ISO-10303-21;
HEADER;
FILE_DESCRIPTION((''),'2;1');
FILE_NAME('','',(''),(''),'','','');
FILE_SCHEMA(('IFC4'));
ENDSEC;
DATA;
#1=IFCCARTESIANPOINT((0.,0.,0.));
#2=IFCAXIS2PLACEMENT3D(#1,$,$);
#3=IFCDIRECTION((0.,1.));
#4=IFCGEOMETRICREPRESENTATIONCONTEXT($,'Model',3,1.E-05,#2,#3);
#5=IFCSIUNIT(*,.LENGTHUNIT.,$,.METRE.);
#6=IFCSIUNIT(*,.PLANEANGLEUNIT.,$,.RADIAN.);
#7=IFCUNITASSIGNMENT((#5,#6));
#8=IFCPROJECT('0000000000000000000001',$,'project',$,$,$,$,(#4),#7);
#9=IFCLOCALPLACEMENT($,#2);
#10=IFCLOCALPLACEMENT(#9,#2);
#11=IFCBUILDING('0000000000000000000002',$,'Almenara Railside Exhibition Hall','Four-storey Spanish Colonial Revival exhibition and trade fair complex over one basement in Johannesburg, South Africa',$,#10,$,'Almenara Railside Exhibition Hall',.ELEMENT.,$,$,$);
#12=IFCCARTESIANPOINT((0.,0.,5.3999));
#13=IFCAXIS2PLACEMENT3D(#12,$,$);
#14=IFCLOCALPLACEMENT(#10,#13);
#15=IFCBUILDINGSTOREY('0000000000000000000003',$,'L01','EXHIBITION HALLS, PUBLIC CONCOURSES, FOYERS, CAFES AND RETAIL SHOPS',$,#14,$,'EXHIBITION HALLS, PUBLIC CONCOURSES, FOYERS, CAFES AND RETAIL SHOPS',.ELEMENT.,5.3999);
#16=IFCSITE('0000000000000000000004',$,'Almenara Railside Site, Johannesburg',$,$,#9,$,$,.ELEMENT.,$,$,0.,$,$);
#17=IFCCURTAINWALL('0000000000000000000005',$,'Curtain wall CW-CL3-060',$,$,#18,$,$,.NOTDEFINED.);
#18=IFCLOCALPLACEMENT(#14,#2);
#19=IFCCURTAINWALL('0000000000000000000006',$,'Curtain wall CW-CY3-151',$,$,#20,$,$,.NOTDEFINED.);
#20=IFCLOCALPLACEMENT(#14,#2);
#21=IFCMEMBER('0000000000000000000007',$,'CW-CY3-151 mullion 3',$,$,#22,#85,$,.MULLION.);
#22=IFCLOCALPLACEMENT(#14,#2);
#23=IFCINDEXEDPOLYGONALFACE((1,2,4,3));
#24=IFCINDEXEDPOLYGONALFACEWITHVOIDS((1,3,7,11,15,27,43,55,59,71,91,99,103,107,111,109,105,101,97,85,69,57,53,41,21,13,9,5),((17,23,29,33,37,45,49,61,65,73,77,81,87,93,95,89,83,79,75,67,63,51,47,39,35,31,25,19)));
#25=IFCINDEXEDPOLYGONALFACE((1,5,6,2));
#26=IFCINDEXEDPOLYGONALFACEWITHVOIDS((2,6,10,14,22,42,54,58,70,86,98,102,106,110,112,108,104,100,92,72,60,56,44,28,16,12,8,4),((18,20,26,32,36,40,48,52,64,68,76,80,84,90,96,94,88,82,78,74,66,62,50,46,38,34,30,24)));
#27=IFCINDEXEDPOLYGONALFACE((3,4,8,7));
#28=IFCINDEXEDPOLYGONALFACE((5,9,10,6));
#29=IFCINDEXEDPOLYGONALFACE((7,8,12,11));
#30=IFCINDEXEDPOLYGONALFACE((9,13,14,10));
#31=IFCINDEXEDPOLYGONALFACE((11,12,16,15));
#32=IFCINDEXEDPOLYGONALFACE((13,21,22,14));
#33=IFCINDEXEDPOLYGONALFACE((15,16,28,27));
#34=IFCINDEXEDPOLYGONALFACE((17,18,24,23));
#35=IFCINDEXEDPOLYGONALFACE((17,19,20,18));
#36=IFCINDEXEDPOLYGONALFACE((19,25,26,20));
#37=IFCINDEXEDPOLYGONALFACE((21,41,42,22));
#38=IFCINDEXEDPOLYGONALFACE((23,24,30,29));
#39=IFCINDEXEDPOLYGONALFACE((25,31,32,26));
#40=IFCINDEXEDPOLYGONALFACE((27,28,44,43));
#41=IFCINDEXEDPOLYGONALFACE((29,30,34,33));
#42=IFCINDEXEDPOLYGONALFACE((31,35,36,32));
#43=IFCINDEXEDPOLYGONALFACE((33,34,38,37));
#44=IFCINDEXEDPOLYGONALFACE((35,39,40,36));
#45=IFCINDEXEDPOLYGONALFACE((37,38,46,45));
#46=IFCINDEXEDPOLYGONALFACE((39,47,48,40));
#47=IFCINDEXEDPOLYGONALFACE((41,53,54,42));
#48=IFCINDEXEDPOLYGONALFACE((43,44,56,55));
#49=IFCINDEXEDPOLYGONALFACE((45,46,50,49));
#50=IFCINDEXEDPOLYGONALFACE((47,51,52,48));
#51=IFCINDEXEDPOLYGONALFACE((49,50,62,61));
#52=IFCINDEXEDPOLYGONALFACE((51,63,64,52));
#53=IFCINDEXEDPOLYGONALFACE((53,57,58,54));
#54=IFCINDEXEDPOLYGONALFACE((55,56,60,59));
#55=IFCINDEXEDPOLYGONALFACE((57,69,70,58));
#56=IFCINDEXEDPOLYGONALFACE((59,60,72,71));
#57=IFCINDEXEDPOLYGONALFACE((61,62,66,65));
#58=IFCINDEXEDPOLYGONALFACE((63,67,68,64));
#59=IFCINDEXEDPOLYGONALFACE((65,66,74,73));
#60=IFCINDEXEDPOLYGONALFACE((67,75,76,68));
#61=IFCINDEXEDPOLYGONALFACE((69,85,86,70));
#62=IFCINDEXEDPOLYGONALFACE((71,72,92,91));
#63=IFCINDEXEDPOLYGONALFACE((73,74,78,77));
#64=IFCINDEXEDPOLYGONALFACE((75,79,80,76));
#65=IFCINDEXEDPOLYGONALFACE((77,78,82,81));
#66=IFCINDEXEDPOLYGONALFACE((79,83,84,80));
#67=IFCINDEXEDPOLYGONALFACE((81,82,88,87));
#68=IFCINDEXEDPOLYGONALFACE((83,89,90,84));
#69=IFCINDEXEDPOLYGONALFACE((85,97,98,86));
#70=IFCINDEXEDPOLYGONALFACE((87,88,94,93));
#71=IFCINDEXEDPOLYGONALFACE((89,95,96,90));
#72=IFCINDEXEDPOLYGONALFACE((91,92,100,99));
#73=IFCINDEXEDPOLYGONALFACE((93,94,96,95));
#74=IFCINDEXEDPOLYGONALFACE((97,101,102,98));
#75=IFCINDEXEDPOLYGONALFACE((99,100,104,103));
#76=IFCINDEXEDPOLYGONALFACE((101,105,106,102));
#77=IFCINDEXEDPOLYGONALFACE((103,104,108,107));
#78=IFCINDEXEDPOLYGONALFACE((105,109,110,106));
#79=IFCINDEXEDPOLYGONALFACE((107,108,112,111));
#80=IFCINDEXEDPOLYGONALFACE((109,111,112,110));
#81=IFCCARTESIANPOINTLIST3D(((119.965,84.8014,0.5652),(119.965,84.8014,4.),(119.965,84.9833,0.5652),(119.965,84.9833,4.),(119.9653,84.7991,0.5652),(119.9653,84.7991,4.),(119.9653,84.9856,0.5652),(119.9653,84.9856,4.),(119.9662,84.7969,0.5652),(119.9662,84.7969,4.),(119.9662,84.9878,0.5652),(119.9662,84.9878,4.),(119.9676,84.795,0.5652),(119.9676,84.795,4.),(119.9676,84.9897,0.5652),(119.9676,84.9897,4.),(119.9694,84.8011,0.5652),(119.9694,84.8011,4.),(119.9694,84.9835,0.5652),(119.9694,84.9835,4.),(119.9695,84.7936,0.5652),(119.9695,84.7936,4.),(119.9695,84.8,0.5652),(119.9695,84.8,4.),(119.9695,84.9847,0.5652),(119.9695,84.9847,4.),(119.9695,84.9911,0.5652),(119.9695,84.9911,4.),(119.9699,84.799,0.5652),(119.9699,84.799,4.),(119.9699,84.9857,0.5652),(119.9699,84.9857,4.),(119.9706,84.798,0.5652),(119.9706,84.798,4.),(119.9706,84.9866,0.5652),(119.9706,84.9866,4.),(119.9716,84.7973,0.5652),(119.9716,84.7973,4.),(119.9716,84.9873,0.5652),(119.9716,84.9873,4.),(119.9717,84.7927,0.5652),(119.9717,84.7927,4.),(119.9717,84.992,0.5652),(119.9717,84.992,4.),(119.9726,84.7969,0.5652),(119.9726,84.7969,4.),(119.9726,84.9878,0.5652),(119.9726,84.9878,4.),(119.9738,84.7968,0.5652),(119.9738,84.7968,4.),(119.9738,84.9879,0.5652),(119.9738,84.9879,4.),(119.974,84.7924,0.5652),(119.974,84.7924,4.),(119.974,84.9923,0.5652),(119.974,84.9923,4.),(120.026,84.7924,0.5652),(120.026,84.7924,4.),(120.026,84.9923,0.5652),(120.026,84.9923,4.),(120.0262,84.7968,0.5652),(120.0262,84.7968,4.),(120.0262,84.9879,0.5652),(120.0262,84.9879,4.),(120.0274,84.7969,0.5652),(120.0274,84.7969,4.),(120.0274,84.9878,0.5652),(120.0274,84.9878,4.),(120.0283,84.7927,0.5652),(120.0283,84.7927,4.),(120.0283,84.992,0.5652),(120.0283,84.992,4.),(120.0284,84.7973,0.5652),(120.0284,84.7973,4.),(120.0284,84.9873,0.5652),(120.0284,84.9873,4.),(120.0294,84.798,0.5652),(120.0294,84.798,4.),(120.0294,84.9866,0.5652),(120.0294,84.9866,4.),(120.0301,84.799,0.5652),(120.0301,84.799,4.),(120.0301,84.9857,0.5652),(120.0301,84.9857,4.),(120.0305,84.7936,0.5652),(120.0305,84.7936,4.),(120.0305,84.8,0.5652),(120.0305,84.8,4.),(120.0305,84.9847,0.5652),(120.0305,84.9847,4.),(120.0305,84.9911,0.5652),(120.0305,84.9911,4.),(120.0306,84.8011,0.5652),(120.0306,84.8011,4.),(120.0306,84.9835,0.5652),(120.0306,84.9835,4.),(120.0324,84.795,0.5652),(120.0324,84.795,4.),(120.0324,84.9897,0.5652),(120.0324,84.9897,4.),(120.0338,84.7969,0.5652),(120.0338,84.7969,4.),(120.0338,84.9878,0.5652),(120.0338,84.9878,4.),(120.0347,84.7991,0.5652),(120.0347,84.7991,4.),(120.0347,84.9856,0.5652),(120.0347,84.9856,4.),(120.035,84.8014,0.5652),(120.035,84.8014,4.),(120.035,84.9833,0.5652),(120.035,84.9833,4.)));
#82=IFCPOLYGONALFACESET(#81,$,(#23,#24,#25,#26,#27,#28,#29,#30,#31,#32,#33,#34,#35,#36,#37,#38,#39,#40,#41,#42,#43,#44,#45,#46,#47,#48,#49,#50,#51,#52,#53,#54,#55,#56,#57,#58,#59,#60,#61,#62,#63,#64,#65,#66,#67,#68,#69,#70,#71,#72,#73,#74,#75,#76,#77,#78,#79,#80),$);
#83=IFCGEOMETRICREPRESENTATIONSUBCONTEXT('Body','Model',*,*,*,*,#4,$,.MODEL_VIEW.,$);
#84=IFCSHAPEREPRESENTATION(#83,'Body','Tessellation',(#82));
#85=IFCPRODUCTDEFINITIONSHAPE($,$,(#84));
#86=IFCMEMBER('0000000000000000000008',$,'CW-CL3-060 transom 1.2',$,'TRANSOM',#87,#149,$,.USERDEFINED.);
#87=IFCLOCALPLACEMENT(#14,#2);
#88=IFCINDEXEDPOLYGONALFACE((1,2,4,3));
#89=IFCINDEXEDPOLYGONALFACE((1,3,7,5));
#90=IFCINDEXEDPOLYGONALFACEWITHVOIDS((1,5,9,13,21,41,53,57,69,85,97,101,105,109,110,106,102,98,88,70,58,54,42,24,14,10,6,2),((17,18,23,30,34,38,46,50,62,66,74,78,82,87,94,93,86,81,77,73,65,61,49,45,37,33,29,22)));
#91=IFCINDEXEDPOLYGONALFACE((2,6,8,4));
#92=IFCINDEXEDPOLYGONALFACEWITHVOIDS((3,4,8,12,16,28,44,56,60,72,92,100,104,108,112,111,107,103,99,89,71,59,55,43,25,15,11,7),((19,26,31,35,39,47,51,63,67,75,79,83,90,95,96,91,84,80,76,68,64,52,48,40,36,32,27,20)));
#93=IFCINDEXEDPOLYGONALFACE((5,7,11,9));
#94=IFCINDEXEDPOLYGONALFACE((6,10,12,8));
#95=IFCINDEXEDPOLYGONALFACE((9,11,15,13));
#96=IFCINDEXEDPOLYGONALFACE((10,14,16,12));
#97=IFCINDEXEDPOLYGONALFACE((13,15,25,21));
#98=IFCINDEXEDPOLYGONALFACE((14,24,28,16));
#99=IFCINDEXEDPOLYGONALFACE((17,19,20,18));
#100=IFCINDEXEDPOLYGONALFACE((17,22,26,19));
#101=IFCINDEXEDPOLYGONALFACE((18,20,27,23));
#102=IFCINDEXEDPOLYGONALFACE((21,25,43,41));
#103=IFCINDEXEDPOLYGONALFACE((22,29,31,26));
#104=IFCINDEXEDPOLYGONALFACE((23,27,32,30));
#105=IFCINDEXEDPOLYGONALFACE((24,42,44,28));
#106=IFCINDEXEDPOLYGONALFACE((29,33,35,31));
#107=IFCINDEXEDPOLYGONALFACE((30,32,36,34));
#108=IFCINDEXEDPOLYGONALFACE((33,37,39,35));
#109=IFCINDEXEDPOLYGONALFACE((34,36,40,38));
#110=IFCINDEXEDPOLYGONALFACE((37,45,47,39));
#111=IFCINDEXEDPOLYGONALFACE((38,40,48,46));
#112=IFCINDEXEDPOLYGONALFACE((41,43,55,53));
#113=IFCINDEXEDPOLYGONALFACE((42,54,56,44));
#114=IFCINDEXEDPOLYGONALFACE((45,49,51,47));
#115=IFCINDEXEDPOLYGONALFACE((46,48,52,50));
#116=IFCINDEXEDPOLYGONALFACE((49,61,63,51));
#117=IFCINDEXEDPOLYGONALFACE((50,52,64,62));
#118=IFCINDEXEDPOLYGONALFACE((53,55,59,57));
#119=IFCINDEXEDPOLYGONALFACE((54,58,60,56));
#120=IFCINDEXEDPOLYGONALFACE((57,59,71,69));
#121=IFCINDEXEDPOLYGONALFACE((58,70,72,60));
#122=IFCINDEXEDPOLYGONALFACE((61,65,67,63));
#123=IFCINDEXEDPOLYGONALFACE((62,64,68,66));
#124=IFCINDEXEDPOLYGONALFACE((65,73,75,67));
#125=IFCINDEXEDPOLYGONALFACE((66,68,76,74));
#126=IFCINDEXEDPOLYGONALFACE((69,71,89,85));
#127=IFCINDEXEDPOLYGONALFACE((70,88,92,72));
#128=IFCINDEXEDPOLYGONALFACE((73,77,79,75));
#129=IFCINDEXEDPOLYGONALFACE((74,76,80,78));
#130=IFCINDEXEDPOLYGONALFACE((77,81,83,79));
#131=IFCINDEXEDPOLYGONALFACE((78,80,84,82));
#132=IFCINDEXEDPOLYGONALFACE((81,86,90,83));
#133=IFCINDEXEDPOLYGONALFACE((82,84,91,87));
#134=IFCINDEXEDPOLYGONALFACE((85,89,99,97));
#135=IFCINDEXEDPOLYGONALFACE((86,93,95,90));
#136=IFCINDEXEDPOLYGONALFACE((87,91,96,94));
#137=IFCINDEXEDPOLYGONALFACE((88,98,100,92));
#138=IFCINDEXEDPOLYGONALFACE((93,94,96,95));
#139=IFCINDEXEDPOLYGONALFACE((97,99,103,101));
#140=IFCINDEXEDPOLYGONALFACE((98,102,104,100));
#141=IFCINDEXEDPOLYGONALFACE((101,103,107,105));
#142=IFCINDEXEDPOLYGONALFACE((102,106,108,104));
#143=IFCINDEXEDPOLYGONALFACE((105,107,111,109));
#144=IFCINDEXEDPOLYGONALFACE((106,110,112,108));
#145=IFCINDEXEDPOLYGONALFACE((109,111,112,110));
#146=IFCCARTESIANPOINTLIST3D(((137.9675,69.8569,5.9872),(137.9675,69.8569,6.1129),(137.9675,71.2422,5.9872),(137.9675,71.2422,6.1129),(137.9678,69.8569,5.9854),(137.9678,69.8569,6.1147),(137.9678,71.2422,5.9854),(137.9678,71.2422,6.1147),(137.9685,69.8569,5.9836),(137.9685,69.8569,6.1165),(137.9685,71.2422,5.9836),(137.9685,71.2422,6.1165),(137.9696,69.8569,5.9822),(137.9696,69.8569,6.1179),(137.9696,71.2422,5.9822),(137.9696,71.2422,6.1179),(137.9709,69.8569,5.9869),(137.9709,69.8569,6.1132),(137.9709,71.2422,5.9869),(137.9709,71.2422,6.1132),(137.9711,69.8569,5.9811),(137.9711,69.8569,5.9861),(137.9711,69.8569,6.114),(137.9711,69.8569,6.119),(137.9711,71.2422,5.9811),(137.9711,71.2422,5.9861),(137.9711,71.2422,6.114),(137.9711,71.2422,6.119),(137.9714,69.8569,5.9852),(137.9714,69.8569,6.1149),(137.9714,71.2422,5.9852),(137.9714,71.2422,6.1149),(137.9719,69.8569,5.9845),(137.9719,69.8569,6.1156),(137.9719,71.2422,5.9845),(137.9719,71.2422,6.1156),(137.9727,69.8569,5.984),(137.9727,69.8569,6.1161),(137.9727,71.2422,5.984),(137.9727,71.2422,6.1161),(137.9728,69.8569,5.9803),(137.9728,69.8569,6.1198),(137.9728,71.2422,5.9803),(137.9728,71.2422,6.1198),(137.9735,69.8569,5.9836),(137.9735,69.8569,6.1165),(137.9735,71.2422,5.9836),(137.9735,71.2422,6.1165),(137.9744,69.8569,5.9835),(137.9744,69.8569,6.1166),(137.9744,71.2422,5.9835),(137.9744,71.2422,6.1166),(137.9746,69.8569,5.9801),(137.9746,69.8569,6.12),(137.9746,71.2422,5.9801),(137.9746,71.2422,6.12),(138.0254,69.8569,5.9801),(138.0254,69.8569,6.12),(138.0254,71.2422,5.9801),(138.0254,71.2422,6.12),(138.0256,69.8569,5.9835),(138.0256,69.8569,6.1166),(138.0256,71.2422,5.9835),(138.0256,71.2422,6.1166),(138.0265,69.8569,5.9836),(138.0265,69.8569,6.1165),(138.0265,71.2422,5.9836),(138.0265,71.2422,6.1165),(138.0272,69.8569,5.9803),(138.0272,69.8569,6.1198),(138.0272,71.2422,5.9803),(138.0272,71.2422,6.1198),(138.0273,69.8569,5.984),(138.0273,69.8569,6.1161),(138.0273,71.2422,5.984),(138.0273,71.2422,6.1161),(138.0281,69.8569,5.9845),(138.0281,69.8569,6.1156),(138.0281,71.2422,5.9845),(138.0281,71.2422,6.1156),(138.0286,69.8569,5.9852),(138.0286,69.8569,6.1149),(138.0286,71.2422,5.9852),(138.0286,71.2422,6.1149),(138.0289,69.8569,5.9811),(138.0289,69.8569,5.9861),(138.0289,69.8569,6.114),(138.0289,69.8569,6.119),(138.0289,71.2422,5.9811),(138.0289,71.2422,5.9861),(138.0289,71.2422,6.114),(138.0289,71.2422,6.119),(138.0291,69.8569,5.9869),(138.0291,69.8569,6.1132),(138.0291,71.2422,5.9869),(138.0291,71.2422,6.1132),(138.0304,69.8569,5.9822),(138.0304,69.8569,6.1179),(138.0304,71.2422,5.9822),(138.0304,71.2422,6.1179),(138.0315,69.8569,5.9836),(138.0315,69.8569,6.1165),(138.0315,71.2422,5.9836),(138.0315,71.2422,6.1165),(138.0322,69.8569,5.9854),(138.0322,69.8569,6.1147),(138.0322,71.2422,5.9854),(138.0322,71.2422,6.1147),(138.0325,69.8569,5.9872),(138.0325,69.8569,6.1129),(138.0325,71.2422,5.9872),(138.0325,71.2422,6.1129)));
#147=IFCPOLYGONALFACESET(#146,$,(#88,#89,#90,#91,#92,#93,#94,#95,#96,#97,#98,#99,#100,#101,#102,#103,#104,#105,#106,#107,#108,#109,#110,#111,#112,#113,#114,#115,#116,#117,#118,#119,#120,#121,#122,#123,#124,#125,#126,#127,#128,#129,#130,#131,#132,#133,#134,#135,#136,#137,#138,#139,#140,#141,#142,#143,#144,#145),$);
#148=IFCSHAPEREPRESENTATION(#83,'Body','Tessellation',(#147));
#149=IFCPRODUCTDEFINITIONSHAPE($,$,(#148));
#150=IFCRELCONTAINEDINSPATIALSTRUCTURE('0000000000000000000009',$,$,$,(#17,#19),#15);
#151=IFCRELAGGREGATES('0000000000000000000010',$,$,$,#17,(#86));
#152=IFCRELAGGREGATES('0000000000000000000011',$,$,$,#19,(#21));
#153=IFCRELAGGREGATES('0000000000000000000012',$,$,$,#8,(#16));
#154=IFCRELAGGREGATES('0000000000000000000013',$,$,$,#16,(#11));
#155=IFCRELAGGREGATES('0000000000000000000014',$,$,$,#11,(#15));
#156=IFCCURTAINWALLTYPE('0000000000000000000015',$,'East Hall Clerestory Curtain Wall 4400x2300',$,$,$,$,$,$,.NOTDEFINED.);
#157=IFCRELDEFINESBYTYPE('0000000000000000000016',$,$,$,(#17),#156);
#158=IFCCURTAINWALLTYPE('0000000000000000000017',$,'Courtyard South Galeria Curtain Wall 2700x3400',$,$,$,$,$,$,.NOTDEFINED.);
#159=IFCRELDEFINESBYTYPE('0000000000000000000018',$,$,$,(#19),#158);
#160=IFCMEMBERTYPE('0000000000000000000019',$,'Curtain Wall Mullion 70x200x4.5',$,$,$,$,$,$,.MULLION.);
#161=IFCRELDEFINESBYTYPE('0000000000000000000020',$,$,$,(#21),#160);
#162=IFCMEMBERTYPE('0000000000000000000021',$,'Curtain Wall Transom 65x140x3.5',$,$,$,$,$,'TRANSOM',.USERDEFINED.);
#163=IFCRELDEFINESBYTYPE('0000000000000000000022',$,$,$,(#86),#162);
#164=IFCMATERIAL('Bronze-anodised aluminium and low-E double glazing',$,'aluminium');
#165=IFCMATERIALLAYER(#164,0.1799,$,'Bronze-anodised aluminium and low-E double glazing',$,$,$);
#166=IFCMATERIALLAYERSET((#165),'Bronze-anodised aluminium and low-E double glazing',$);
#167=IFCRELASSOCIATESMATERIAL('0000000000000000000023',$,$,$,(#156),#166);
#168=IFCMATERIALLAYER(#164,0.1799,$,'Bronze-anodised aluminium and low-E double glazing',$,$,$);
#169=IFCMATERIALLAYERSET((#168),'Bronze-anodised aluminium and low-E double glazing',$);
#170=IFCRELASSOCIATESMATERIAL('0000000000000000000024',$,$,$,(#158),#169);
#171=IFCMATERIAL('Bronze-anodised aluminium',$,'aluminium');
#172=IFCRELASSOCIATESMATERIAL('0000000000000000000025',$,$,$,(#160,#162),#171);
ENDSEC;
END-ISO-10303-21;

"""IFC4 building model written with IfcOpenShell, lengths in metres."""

from ifc_helpers import new_model, si_unit, direction, frame, origin, origin_2d, place, context, subcontext, project, spatial, hollow_rectangle, extrude, material, layer, layer_set, material_profile, profile_set, type_object, element, aggregate, save


model = new_model("IFC4")

# Units and contexts
model_context = context("Model", 3, precision=1e-05, world=origin(), true_north=direction((0.0, 1.0)))
body_context = subcontext(model_context, "Body", "Model", "MODEL_VIEW")
ifc_project = project(units=[si_unit("LENGTHUNIT", "METRE"), si_unit("PLANEANGLEUNIT", "RADIAN")], contexts=[model_context])

# Site, building, storey
site_placement = place(None, origin())
site = spatial("IfcSite", under=ifc_project, at=site_placement, Name="Almenara Railside Site, Johannesburg", CompositionType="ELEMENT", RefElevation=0.0)
building_placement = place(site_placement, origin())
building = spatial("IfcBuilding", under=site, at=building_placement, Name="Almenara Railside Exhibition Hall", Description="Four-storey Spanish Colonial Revival exhibition and trade fair complex over one basement in Johannesburg, South Africa", LongName="Almenara Railside Exhibition Hall", CompositionType="ELEMENT")
storey_placement = place(building_placement, frame((0.0, 0.0, 5.3999)))
storey = spatial("IfcBuildingStorey", under=building, at=storey_placement, Name="L01", Description="EXHIBITION HALLS, PUBLIC CONCOURSES, FOYERS, CAFES AND RETAIL SHOPS", LongName="EXHIBITION HALLS, PUBLIC CONCOURSES, FOYERS, CAFES AND RETAIL SHOPS", CompositionType="ELEMENT", Elevation=5.3999)

# Curtain wall
ifc_material_1 = material(Name="Bronze-anodised aluminium and low-E double glazing", Category="aluminium")
ifc_layer_1 = layer(ifc_material_1, 0.1799, Name="Bronze-anodised aluminium and low-E double glazing")
ifc_layer_set_1 = layer_set([ifc_layer_1], Name="Bronze-anodised aluminium and low-E double glazing")
curtain_wall_type_1 = type_object("IfcCurtainWallType", Name="East Hall Clerestory Curtain Wall 4400x2300", PredefinedType="NOTDEFINED", material=ifc_layer_set_1)
curtain_wall_1_placement = place(storey_placement, origin())
curtain_wall_1 = element("IfcCurtainWall", 1, at=curtain_wall_1_placement, inside=storey, type_object=curtain_wall_type_1, Name="Curtain wall CW-CL3-060", PredefinedType="NOTDEFINED")
ifc_material_2 = material(Name="Bronze-anodised aluminium", Category="aluminium")

# Curtain wall, member
ifc_layer_2 = layer(ifc_material_1, 0.1799, Name="Bronze-anodised aluminium and low-E double glazing")
ifc_layer_set_2 = layer_set([ifc_layer_2], Name="Bronze-anodised aluminium and low-E double glazing")
curtain_wall_type_2 = type_object("IfcCurtainWallType", Name="Courtyard South Galeria Curtain Wall 2700x3400", PredefinedType="NOTDEFINED", material=ifc_layer_set_2)
curtain_wall_2_placement = place(storey_placement, origin())
curtain_wall_2 = element("IfcCurtainWall", 2, at=curtain_wall_2_placement, inside=storey, type_object=curtain_wall_type_2, Name="Curtain wall CW-CY3-151", PredefinedType="NOTDEFINED")
ifc_material_profile_1 = material_profile(ifc_material_2, hollow_rectangle(XDim=0.0701, YDim=0.2, WallThickness=0.0044, InnerFilletRadius=0.0044, OuterFilletRadius=0.009, at=origin_2d()), Name="ALU-MUL 70x200x4.5")
ifc_profile_set_1 = profile_set([ifc_material_profile_1], Name="Bronze-anodised aluminium")
member_type_1 = type_object("IfcMemberType", Name="Curtain Wall Mullion 70x200x4.5", PredefinedType="MULLION", material=ifc_profile_set_1)
member_1_placement = place(storey_placement, frame((120.0, 84.8923, 0.5652), z_axis=(0.0, 0.0, 1.0), x_axis=(-1.0, 0.0, 0.0)))
member_1 = element("IfcMember", 3, at=member_1_placement, type_object=member_type_1, Name="CW-CY3-151 mullion 3", PredefinedType="MULLION", context=body_context, shape_type="SweptSolid", body=[
    extrude(hollow_rectangle(XDim=0.0701, YDim=0.2, WallThickness=0.0044, InnerFilletRadius=0.0044, OuterFilletRadius=0.009, at=origin_2d()), origin(), (0.0, 0.0, 1.0), 3.4348),
])

# Member
ifc_material_profile_2 = material_profile(ifc_material_2, hollow_rectangle(XDim=0.0649, YDim=0.1399, WallThickness=0.0034, InnerFilletRadius=0.0034, OuterFilletRadius=0.0071, at=origin_2d()), Name="ALU-TRN 65x140x3.5")
ifc_profile_set_2 = profile_set([ifc_material_profile_2], Name="Bronze-anodised aluminium")
member_type_2 = type_object("IfcMemberType", Name="Curtain Wall Transom 65x140x3.5", ElementType="TRANSOM", PredefinedType="USERDEFINED", material=ifc_profile_set_2)
member_2_placement = place(storey_placement, frame((138.0, 69.8569, 6.05), z_axis=(0.0, 1.0, 0.0), x_axis=(-1.0, 0.0, 0.0)))
member_2 = element("IfcMember", 4, at=member_2_placement, type_object=member_type_2, Name="CW-CL3-060 transom 1.2", ObjectType="TRANSOM", PredefinedType="USERDEFINED", context=body_context, shape_type="SweptSolid", body=[
    extrude(hollow_rectangle(XDim=0.0649, YDim=0.1399, WallThickness=0.0034, InnerFilletRadius=0.0034, OuterFilletRadius=0.0071, at=origin_2d()), origin(), (0.0, 0.0, 1.0), 1.3853),
])

aggregate(curtain_wall_1, [member_2])
aggregate(curtain_wall_2, [member_1])

save(model, "model.ifc")
